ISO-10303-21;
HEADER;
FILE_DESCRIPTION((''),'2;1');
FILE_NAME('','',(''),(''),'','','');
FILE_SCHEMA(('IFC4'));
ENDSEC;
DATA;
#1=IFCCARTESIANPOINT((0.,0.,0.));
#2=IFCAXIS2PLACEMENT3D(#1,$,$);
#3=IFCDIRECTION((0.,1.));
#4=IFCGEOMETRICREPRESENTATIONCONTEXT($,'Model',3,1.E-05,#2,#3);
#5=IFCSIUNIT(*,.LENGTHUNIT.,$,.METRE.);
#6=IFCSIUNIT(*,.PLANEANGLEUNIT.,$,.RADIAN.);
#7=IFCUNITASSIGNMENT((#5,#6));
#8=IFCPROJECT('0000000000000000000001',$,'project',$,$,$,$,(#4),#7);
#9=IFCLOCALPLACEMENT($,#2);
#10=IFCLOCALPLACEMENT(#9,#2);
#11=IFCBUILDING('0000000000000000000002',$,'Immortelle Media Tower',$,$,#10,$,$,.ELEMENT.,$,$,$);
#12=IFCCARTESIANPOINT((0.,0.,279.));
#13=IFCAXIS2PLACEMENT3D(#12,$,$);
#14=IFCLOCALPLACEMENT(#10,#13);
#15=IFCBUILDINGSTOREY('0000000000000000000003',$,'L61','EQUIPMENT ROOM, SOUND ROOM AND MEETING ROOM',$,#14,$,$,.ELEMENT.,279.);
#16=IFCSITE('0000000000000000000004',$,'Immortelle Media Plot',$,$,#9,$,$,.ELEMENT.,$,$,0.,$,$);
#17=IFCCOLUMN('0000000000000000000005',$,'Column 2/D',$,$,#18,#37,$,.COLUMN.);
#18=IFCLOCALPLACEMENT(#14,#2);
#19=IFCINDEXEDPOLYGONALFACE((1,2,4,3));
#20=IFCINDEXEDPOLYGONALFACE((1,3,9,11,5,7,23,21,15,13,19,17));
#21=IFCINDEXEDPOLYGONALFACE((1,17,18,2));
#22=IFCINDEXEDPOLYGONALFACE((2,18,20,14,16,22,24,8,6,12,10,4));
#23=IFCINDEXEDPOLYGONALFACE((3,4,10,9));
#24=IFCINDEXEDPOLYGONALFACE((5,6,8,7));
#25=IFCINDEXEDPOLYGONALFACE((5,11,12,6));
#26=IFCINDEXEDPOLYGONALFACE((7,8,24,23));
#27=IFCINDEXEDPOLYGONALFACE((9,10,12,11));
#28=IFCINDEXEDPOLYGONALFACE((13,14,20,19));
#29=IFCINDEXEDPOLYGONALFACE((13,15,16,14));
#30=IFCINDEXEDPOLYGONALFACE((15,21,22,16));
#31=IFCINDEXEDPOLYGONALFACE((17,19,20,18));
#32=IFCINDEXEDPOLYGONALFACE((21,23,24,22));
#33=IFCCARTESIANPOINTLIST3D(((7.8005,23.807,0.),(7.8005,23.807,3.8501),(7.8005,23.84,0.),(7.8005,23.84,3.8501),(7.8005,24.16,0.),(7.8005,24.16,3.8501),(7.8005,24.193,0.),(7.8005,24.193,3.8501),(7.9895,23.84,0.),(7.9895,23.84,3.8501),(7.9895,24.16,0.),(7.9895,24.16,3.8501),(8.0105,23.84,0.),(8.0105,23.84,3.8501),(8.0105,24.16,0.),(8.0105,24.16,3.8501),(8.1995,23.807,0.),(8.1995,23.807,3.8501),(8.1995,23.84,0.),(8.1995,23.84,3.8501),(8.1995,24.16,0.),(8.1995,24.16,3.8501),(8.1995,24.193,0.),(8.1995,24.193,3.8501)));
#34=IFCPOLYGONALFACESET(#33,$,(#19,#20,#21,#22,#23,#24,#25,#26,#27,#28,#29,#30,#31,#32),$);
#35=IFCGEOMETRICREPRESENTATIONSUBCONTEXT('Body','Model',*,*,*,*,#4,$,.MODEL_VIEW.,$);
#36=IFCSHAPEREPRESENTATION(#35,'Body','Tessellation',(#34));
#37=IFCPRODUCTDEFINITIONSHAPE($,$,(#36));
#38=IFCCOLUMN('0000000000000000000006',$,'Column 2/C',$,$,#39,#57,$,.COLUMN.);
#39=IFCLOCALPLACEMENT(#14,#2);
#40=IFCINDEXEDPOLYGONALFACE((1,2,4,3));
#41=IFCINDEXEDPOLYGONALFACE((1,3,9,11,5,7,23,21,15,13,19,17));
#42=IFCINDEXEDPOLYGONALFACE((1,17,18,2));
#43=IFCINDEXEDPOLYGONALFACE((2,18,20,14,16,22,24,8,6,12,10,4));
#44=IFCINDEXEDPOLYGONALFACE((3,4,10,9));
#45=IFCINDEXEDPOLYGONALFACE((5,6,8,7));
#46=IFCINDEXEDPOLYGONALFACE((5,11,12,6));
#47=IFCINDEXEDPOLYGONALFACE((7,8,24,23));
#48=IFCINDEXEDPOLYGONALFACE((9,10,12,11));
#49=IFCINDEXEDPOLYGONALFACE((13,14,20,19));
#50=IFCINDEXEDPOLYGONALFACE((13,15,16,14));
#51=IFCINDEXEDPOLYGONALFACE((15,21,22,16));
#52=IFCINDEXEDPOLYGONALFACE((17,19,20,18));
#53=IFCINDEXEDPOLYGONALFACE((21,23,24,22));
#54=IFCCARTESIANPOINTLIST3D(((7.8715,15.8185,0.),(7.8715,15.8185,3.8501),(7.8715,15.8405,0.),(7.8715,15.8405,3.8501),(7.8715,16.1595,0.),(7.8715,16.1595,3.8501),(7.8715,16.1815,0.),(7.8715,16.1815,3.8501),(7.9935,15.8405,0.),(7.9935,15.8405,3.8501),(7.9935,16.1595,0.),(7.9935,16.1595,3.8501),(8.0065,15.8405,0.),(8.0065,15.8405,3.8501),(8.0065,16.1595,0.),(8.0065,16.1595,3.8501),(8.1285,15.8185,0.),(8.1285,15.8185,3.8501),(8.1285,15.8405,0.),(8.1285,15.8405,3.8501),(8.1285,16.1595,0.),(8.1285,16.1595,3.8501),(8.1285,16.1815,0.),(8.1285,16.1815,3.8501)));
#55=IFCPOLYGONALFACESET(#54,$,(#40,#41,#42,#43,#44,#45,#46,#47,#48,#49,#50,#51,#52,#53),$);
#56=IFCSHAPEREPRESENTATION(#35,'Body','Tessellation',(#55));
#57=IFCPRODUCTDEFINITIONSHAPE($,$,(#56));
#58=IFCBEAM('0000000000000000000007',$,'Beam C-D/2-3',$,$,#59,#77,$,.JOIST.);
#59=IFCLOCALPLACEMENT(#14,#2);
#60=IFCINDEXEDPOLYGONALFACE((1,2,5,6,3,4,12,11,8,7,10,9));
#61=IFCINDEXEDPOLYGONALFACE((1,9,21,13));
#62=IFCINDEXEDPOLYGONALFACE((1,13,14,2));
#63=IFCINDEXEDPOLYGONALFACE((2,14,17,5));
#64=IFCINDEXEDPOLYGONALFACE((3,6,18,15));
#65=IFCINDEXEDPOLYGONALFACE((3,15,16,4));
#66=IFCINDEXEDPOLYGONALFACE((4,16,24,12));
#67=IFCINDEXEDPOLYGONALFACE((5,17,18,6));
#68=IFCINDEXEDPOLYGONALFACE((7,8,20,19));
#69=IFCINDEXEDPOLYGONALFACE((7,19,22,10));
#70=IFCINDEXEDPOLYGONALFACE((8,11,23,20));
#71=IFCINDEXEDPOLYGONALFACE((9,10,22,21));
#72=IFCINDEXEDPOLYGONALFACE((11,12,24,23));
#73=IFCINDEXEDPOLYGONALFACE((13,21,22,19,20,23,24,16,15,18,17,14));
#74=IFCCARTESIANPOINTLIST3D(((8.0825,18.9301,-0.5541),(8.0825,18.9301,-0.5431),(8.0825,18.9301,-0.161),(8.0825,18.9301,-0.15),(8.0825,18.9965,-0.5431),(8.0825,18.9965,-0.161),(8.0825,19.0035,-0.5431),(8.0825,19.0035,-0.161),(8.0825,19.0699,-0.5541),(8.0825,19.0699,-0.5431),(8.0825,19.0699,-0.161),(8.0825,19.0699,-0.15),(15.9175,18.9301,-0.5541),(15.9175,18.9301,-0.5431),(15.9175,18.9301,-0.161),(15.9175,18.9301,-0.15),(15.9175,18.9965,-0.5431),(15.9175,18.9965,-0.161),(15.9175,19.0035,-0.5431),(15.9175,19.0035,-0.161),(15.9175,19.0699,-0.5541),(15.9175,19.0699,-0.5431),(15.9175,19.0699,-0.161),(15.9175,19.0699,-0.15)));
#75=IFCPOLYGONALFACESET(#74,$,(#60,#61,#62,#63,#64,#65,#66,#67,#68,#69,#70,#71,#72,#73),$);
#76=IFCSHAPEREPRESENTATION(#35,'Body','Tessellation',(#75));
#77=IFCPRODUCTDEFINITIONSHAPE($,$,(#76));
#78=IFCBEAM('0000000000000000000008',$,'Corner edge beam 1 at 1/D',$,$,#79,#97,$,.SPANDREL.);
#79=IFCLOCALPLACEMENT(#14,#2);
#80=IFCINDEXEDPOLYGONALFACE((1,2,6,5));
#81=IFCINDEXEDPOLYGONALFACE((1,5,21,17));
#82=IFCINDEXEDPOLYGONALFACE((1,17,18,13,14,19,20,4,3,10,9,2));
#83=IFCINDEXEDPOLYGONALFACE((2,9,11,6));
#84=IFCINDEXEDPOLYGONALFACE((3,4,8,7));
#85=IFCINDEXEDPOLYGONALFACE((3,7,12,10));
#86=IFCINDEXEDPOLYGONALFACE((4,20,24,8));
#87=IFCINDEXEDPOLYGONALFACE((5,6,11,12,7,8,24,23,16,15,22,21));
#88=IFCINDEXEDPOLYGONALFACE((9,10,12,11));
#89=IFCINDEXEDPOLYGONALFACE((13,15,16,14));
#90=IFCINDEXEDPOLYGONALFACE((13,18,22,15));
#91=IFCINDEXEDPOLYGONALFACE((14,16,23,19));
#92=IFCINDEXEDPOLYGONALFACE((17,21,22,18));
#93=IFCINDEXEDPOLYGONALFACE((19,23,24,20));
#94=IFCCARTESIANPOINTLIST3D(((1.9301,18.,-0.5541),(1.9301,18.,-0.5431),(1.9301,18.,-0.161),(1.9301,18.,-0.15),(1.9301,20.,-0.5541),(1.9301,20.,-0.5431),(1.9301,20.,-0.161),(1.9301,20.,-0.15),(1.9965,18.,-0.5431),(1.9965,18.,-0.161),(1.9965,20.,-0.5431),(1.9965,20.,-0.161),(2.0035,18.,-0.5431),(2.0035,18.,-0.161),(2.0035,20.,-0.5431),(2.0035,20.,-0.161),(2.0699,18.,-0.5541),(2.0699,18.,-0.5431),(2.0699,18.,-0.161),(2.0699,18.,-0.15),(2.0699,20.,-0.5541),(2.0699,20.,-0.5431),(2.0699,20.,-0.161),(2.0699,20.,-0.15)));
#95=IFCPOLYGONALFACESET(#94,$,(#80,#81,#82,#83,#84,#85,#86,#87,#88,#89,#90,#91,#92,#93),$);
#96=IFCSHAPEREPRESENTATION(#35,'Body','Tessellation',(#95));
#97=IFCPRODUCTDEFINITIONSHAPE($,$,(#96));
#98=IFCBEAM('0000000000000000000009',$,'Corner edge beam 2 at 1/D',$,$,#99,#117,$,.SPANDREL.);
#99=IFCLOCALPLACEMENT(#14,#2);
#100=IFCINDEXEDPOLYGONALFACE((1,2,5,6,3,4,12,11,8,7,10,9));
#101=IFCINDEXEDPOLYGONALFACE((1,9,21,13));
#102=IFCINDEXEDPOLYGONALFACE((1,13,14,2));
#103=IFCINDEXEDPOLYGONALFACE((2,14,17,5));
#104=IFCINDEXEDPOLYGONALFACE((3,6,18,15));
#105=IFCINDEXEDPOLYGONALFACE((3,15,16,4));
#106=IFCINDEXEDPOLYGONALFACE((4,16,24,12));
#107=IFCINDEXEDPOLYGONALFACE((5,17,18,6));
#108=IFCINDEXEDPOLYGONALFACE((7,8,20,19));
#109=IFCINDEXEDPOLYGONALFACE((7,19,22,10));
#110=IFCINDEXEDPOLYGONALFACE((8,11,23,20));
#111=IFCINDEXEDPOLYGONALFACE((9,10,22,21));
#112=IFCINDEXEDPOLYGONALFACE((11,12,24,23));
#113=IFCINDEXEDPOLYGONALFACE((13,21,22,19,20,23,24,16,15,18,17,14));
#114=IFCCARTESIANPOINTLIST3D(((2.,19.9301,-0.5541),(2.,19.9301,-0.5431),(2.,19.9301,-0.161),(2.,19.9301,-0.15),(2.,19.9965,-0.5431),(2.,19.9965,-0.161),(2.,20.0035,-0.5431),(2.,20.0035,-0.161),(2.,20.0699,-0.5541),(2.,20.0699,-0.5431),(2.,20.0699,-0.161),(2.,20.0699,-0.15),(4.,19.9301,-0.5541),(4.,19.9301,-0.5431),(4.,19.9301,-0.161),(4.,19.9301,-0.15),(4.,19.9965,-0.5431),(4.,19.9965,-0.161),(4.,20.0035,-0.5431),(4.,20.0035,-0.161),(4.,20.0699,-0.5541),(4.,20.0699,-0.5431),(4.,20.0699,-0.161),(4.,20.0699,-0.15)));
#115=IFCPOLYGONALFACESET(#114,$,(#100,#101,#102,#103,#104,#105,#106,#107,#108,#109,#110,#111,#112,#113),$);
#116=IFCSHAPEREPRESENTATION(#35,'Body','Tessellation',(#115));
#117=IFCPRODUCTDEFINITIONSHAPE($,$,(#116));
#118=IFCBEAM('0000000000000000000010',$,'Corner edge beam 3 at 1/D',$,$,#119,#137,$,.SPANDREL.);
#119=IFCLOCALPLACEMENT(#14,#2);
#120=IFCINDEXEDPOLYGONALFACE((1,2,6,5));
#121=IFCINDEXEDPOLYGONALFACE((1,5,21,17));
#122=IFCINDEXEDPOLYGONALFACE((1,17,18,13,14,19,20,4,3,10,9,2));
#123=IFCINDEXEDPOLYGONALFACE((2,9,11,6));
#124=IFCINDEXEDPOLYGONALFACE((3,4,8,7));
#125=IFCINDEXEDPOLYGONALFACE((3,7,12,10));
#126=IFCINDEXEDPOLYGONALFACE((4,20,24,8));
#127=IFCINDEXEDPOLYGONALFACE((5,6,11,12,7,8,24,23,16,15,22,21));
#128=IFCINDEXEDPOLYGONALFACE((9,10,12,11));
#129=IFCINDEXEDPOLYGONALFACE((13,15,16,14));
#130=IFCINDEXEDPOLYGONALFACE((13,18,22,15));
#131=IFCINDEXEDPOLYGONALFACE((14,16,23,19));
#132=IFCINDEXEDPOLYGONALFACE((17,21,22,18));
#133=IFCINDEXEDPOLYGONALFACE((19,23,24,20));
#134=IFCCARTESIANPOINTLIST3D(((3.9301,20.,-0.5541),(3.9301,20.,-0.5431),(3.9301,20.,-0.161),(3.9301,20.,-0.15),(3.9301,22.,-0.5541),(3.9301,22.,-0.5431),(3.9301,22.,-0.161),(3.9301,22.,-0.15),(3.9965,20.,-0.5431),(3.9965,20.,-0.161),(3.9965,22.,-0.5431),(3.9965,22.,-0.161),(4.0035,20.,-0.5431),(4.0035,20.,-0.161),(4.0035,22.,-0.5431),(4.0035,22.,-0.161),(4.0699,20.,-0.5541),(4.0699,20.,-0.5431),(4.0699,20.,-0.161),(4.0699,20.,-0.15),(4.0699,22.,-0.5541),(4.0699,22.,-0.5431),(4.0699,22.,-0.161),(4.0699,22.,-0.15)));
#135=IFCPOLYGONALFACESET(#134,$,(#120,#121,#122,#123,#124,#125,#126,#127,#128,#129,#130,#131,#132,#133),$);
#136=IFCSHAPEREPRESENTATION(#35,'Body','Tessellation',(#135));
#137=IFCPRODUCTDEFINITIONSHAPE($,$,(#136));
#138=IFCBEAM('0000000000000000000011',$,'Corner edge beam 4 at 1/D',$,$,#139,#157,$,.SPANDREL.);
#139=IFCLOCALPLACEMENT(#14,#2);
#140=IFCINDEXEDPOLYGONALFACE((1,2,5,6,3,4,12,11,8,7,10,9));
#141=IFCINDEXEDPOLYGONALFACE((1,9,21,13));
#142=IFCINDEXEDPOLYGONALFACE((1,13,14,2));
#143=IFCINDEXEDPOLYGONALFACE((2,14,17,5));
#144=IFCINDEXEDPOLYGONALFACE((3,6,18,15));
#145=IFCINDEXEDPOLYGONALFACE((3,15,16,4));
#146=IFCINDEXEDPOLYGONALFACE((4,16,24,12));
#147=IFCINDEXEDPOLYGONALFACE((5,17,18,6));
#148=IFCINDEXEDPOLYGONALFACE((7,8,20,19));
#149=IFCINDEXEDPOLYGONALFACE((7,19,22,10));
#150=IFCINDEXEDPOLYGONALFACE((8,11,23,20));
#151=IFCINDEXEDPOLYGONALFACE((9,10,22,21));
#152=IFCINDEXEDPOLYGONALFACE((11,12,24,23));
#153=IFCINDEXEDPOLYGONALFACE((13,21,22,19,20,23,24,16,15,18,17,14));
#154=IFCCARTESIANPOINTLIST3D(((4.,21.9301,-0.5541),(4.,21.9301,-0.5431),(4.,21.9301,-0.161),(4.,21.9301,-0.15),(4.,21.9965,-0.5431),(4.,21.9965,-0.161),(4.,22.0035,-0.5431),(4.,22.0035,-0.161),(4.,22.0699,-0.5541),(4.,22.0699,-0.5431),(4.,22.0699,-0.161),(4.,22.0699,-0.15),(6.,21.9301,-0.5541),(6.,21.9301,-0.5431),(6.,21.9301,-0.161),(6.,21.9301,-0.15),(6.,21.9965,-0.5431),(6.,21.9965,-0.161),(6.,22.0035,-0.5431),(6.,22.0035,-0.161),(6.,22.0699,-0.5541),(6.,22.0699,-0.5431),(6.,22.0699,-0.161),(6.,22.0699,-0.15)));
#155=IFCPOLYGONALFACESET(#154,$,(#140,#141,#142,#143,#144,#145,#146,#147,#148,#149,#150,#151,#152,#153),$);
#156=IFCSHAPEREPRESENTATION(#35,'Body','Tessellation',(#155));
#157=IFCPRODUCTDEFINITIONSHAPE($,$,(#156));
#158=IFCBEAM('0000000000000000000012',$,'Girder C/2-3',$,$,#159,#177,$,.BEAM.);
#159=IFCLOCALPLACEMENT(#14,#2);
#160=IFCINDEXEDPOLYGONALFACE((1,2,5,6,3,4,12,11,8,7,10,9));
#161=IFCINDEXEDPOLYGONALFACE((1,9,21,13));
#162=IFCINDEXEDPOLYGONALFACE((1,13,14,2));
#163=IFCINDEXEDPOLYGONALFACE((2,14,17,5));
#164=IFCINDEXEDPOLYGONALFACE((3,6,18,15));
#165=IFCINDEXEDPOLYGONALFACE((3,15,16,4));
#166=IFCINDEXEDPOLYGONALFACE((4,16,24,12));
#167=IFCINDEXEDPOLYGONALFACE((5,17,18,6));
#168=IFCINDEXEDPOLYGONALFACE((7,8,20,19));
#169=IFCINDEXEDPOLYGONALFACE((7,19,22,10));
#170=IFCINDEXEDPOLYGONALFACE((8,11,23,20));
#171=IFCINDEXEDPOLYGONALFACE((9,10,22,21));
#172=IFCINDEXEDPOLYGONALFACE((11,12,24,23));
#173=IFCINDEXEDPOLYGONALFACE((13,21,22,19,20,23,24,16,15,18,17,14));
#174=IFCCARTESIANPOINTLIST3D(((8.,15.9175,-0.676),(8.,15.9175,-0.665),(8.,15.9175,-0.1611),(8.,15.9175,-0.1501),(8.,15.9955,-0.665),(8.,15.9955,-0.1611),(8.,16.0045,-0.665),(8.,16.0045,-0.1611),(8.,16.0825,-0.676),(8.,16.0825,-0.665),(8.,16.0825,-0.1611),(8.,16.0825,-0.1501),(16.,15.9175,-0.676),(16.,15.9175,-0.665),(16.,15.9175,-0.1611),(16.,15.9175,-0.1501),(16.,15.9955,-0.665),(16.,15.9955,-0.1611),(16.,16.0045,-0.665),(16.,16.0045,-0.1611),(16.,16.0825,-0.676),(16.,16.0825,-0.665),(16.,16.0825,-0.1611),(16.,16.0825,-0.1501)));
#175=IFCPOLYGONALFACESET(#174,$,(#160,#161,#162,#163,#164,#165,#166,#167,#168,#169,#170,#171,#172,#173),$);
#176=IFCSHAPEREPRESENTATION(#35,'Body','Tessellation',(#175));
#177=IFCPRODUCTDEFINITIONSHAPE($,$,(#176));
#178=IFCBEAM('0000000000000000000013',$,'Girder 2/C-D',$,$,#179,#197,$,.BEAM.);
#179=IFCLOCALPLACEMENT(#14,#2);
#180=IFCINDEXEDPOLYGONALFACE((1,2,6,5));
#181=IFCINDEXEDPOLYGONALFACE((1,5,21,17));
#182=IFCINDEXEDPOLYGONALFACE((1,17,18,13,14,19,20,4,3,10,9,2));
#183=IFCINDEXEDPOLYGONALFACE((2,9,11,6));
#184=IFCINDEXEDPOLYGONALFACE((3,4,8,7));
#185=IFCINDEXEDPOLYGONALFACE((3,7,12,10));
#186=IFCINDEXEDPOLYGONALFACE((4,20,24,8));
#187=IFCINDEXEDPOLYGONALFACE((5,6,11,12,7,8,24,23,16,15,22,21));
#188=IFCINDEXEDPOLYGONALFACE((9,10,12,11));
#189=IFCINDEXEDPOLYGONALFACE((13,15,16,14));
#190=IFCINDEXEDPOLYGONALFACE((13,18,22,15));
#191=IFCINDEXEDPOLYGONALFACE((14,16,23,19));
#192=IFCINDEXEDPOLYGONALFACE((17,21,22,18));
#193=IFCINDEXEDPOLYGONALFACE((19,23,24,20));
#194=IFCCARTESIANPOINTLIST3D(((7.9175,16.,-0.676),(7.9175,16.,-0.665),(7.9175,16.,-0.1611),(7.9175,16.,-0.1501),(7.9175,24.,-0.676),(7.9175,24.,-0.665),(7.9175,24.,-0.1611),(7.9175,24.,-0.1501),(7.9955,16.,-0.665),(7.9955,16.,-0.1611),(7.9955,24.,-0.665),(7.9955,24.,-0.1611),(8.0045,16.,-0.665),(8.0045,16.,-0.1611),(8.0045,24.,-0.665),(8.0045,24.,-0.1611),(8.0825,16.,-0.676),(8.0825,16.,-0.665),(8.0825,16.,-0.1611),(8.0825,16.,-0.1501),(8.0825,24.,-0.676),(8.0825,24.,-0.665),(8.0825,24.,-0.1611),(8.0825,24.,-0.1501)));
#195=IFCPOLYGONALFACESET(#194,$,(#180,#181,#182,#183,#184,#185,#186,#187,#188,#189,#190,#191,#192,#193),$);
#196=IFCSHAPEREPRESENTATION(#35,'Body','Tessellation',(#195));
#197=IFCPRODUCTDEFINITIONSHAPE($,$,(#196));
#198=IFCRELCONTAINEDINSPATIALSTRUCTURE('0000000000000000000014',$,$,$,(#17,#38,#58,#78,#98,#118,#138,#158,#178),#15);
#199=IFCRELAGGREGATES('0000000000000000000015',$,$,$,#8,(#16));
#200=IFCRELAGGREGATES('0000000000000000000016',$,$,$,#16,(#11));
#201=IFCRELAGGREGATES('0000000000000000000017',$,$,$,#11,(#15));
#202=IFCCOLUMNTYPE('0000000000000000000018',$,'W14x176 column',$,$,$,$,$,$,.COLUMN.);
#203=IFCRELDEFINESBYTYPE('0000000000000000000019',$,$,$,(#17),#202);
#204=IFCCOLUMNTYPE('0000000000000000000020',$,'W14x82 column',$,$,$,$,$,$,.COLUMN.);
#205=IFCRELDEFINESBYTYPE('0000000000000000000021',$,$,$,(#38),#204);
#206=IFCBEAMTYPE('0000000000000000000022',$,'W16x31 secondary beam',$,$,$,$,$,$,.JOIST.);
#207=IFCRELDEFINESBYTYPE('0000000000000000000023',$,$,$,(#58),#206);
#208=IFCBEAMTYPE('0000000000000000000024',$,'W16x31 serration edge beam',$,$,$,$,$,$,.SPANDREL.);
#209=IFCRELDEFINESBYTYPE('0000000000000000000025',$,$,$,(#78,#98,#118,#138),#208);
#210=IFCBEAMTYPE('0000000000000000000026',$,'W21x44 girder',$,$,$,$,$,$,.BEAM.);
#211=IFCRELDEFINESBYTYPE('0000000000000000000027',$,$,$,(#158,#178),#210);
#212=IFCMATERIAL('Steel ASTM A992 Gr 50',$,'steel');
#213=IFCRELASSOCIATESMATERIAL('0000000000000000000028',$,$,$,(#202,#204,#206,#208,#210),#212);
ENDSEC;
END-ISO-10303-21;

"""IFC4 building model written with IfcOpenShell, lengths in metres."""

from ifc_helpers import new_model, si_unit, direction, frame, origin, origin_2d, place, context, subcontext, project, spatial, i_section, extrude, material, material_profile, profile_set, type_object, element, save


model = new_model("IFC4")

# Units and contexts
model_context = context("Model", 3, precision=1e-05, world=origin(), true_north=direction((0.0, 1.0)))
body_context = subcontext(model_context, "Body", "Model", "MODEL_VIEW")
ifc_project = project(units=[si_unit("LENGTHUNIT", "METRE"), si_unit("PLANEANGLEUNIT", "RADIAN")], contexts=[model_context])

# Site, building, storey
site_placement = place(None, origin())
site = spatial("IfcSite", under=ifc_project, at=site_placement, Name="Immortelle Media Plot", CompositionType="ELEMENT", RefElevation=0.0)
building_placement = place(site_placement, origin())
building = spatial("IfcBuilding", under=site, at=building_placement, Name="Immortelle Media Tower", CompositionType="ELEMENT")
storey_placement = place(building_placement, frame((0.0, 0.0, 279.0)))
storey = spatial("IfcBuildingStorey", under=building, at=storey_placement, Name="L61", Description="EQUIPMENT ROOM, SOUND ROOM AND MEETING ROOM", CompositionType="ELEMENT", Elevation=279.0)

# Columns
ifc_material_1 = material(Name="Steel ASTM A992 Gr 50", Category="steel")
ifc_material_profile_1 = material_profile(ifc_material_1, i_section(OverallWidth=0.3989, OverallDepth=0.386, WebThickness=0.021, FlangeThickness=0.033, at=origin_2d()), Name="W14x176")
ifc_profile_set_1 = profile_set([ifc_material_profile_1], Name="Steel ASTM A992 Gr 50")
column_type_1 = type_object("IfcColumnType", Name="W14x176 column", PredefinedType="COLUMN", material=ifc_profile_set_1)
column_1_placement = place(storey_placement, frame((8.0, 24.0, 0.0), z_axis=(0.0, 0.0, 1.0), x_axis=(1.0, 0.0, 0.0)))
element("IfcColumn", 1, at=column_1_placement, inside=storey, type_object=column_type_1, Name="Column 2/D", PredefinedType="COLUMN", context=body_context, shape_type="SweptSolid", body=[
    extrude(i_section(OverallWidth=0.3989, OverallDepth=0.386, WebThickness=0.021, FlangeThickness=0.033, at=origin_2d()), origin(), (0.0, 0.0, 1.0), 3.8501),
])
ifc_material_profile_2 = material_profile(ifc_material_1, i_section(OverallWidth=0.2571, OverallDepth=0.363, WebThickness=0.0129, FlangeThickness=0.022, at=origin_2d()), Name="W14x82")
ifc_profile_set_2 = profile_set([ifc_material_profile_2], Name="Steel ASTM A992 Gr 50")
column_type_2 = type_object("IfcColumnType", Name="W14x82 column", PredefinedType="COLUMN", material=ifc_profile_set_2)
column_2_placement = place(storey_placement, frame((8.0, 16.0, 0.0), z_axis=(0.0, 0.0, 1.0), x_axis=(1.0, 0.0, 0.0)))
element("IfcColumn", 2, at=column_2_placement, inside=storey, type_object=column_type_2, Name="Column 2/C", PredefinedType="COLUMN", context=body_context, shape_type="SweptSolid", body=[
    extrude(i_section(OverallWidth=0.2571, OverallDepth=0.363, WebThickness=0.0129, FlangeThickness=0.022, at=origin_2d()), origin(), (0.0, 0.0, 1.0), 3.8501),
])

# Beams
ifc_material_profile_3 = material_profile(ifc_material_1, i_section(OverallWidth=0.1399, OverallDepth=0.4041, WebThickness=0.0071, FlangeThickness=0.011, at=origin_2d()), Name="W16x31")
ifc_profile_set_3 = profile_set([ifc_material_profile_3], Name="Steel ASTM A992 Gr 50")
beam_type_1 = type_object("IfcBeamType", Name="W16x31 secondary beam", PredefinedType="JOIST", material=ifc_profile_set_3)
beam_1_placement = place(storey_placement, frame((8.0825, 19.0, -0.3521), z_axis=(1.0, 0.0, 0.0), x_axis=(0.0, 1.0, 0.0)))
element("IfcBeam", 3, at=beam_1_placement, inside=storey, type_object=beam_type_1, Name="Beam C-D/2-3", PredefinedType="JOIST", context=body_context, shape_type="SweptSolid", body=[
    extrude(i_section(OverallWidth=0.1399, OverallDepth=0.4041, WebThickness=0.0071, FlangeThickness=0.011, at=origin_2d()), origin(), (0.0, 0.0, 1.0), 7.835),
])
ifc_material_profile_4 = material_profile(ifc_material_1, i_section(OverallWidth=0.1399, OverallDepth=0.4041, WebThickness=0.0071, FlangeThickness=0.011, at=origin_2d()), Name="W16x31")
ifc_profile_set_4 = profile_set([ifc_material_profile_4], Name="Steel ASTM A992 Gr 50")
beam_type_2 = type_object("IfcBeamType", Name="W16x31 serration edge beam", PredefinedType="SPANDREL", material=ifc_profile_set_4)
for number, where, z_axis, x_axis, name in (
    (4, (2.0, 18.0, -0.3521), (0.0, 1.0, 0.0), (-1.0, 0.0, 0.0), "Corner edge beam 1 at 1/D"),
    (5, (2.0, 20.0, -0.3521), (1.0, 0.0, 0.0), (0.0, 1.0, 0.0), "Corner edge beam 2 at 1/D"),
    (6, (4.0, 20.0, -0.3521), (0.0, 1.0, 0.0), (-1.0, 0.0, 0.0), "Corner edge beam 3 at 1/D"),
    (7, (4.0, 22.0, -0.3521), (1.0, 0.0, 0.0), (0.0, 1.0, 0.0), "Corner edge beam 4 at 1/D"),
):
    element("IfcBeam", number, at=place(storey_placement, frame(where, z_axis=z_axis, x_axis=x_axis)), inside=storey, type_object=beam_type_2, Name=name, PredefinedType="SPANDREL", context=body_context, shape_type="SweptSolid", body=[
        extrude(i_section(OverallWidth=0.1399, OverallDepth=0.4041, WebThickness=0.0071, FlangeThickness=0.011, at=origin_2d()), origin(), (0.0, 0.0, 1.0), 2.0),
    ])
ifc_material_profile_5 = material_profile(ifc_material_1, i_section(OverallWidth=0.165, OverallDepth=0.5259, WebThickness=0.009, FlangeThickness=0.011, at=origin_2d()), Name="W21x44")
ifc_profile_set_5 = profile_set([ifc_material_profile_5], Name="Steel ASTM A992 Gr 50")
beam_type_3 = type_object("IfcBeamType", Name="W21x44 girder", PredefinedType="BEAM", material=ifc_profile_set_5)
for number, where, z_axis, x_axis, name in (
    (8, (8.0, 16.0, -0.4131), (1.0, 0.0, 0.0), (0.0, 1.0, 0.0), "Girder C/2-3"),
    (9, (8.0, 16.0, -0.4131), (0.0, 1.0, 0.0), (-1.0, 0.0, 0.0), "Girder 2/C-D"),
):
    element("IfcBeam", number, at=place(storey_placement, frame(where, z_axis=z_axis, x_axis=x_axis)), inside=storey, type_object=beam_type_3, Name=name, PredefinedType="BEAM", context=body_context, shape_type="SweptSolid", body=[
        extrude(i_section(OverallWidth=0.165, OverallDepth=0.5259, WebThickness=0.009, FlangeThickness=0.011, at=origin_2d()), origin(), (0.0, 0.0, 1.0), 8.0),
    ])

save(model, "model.ifc")
